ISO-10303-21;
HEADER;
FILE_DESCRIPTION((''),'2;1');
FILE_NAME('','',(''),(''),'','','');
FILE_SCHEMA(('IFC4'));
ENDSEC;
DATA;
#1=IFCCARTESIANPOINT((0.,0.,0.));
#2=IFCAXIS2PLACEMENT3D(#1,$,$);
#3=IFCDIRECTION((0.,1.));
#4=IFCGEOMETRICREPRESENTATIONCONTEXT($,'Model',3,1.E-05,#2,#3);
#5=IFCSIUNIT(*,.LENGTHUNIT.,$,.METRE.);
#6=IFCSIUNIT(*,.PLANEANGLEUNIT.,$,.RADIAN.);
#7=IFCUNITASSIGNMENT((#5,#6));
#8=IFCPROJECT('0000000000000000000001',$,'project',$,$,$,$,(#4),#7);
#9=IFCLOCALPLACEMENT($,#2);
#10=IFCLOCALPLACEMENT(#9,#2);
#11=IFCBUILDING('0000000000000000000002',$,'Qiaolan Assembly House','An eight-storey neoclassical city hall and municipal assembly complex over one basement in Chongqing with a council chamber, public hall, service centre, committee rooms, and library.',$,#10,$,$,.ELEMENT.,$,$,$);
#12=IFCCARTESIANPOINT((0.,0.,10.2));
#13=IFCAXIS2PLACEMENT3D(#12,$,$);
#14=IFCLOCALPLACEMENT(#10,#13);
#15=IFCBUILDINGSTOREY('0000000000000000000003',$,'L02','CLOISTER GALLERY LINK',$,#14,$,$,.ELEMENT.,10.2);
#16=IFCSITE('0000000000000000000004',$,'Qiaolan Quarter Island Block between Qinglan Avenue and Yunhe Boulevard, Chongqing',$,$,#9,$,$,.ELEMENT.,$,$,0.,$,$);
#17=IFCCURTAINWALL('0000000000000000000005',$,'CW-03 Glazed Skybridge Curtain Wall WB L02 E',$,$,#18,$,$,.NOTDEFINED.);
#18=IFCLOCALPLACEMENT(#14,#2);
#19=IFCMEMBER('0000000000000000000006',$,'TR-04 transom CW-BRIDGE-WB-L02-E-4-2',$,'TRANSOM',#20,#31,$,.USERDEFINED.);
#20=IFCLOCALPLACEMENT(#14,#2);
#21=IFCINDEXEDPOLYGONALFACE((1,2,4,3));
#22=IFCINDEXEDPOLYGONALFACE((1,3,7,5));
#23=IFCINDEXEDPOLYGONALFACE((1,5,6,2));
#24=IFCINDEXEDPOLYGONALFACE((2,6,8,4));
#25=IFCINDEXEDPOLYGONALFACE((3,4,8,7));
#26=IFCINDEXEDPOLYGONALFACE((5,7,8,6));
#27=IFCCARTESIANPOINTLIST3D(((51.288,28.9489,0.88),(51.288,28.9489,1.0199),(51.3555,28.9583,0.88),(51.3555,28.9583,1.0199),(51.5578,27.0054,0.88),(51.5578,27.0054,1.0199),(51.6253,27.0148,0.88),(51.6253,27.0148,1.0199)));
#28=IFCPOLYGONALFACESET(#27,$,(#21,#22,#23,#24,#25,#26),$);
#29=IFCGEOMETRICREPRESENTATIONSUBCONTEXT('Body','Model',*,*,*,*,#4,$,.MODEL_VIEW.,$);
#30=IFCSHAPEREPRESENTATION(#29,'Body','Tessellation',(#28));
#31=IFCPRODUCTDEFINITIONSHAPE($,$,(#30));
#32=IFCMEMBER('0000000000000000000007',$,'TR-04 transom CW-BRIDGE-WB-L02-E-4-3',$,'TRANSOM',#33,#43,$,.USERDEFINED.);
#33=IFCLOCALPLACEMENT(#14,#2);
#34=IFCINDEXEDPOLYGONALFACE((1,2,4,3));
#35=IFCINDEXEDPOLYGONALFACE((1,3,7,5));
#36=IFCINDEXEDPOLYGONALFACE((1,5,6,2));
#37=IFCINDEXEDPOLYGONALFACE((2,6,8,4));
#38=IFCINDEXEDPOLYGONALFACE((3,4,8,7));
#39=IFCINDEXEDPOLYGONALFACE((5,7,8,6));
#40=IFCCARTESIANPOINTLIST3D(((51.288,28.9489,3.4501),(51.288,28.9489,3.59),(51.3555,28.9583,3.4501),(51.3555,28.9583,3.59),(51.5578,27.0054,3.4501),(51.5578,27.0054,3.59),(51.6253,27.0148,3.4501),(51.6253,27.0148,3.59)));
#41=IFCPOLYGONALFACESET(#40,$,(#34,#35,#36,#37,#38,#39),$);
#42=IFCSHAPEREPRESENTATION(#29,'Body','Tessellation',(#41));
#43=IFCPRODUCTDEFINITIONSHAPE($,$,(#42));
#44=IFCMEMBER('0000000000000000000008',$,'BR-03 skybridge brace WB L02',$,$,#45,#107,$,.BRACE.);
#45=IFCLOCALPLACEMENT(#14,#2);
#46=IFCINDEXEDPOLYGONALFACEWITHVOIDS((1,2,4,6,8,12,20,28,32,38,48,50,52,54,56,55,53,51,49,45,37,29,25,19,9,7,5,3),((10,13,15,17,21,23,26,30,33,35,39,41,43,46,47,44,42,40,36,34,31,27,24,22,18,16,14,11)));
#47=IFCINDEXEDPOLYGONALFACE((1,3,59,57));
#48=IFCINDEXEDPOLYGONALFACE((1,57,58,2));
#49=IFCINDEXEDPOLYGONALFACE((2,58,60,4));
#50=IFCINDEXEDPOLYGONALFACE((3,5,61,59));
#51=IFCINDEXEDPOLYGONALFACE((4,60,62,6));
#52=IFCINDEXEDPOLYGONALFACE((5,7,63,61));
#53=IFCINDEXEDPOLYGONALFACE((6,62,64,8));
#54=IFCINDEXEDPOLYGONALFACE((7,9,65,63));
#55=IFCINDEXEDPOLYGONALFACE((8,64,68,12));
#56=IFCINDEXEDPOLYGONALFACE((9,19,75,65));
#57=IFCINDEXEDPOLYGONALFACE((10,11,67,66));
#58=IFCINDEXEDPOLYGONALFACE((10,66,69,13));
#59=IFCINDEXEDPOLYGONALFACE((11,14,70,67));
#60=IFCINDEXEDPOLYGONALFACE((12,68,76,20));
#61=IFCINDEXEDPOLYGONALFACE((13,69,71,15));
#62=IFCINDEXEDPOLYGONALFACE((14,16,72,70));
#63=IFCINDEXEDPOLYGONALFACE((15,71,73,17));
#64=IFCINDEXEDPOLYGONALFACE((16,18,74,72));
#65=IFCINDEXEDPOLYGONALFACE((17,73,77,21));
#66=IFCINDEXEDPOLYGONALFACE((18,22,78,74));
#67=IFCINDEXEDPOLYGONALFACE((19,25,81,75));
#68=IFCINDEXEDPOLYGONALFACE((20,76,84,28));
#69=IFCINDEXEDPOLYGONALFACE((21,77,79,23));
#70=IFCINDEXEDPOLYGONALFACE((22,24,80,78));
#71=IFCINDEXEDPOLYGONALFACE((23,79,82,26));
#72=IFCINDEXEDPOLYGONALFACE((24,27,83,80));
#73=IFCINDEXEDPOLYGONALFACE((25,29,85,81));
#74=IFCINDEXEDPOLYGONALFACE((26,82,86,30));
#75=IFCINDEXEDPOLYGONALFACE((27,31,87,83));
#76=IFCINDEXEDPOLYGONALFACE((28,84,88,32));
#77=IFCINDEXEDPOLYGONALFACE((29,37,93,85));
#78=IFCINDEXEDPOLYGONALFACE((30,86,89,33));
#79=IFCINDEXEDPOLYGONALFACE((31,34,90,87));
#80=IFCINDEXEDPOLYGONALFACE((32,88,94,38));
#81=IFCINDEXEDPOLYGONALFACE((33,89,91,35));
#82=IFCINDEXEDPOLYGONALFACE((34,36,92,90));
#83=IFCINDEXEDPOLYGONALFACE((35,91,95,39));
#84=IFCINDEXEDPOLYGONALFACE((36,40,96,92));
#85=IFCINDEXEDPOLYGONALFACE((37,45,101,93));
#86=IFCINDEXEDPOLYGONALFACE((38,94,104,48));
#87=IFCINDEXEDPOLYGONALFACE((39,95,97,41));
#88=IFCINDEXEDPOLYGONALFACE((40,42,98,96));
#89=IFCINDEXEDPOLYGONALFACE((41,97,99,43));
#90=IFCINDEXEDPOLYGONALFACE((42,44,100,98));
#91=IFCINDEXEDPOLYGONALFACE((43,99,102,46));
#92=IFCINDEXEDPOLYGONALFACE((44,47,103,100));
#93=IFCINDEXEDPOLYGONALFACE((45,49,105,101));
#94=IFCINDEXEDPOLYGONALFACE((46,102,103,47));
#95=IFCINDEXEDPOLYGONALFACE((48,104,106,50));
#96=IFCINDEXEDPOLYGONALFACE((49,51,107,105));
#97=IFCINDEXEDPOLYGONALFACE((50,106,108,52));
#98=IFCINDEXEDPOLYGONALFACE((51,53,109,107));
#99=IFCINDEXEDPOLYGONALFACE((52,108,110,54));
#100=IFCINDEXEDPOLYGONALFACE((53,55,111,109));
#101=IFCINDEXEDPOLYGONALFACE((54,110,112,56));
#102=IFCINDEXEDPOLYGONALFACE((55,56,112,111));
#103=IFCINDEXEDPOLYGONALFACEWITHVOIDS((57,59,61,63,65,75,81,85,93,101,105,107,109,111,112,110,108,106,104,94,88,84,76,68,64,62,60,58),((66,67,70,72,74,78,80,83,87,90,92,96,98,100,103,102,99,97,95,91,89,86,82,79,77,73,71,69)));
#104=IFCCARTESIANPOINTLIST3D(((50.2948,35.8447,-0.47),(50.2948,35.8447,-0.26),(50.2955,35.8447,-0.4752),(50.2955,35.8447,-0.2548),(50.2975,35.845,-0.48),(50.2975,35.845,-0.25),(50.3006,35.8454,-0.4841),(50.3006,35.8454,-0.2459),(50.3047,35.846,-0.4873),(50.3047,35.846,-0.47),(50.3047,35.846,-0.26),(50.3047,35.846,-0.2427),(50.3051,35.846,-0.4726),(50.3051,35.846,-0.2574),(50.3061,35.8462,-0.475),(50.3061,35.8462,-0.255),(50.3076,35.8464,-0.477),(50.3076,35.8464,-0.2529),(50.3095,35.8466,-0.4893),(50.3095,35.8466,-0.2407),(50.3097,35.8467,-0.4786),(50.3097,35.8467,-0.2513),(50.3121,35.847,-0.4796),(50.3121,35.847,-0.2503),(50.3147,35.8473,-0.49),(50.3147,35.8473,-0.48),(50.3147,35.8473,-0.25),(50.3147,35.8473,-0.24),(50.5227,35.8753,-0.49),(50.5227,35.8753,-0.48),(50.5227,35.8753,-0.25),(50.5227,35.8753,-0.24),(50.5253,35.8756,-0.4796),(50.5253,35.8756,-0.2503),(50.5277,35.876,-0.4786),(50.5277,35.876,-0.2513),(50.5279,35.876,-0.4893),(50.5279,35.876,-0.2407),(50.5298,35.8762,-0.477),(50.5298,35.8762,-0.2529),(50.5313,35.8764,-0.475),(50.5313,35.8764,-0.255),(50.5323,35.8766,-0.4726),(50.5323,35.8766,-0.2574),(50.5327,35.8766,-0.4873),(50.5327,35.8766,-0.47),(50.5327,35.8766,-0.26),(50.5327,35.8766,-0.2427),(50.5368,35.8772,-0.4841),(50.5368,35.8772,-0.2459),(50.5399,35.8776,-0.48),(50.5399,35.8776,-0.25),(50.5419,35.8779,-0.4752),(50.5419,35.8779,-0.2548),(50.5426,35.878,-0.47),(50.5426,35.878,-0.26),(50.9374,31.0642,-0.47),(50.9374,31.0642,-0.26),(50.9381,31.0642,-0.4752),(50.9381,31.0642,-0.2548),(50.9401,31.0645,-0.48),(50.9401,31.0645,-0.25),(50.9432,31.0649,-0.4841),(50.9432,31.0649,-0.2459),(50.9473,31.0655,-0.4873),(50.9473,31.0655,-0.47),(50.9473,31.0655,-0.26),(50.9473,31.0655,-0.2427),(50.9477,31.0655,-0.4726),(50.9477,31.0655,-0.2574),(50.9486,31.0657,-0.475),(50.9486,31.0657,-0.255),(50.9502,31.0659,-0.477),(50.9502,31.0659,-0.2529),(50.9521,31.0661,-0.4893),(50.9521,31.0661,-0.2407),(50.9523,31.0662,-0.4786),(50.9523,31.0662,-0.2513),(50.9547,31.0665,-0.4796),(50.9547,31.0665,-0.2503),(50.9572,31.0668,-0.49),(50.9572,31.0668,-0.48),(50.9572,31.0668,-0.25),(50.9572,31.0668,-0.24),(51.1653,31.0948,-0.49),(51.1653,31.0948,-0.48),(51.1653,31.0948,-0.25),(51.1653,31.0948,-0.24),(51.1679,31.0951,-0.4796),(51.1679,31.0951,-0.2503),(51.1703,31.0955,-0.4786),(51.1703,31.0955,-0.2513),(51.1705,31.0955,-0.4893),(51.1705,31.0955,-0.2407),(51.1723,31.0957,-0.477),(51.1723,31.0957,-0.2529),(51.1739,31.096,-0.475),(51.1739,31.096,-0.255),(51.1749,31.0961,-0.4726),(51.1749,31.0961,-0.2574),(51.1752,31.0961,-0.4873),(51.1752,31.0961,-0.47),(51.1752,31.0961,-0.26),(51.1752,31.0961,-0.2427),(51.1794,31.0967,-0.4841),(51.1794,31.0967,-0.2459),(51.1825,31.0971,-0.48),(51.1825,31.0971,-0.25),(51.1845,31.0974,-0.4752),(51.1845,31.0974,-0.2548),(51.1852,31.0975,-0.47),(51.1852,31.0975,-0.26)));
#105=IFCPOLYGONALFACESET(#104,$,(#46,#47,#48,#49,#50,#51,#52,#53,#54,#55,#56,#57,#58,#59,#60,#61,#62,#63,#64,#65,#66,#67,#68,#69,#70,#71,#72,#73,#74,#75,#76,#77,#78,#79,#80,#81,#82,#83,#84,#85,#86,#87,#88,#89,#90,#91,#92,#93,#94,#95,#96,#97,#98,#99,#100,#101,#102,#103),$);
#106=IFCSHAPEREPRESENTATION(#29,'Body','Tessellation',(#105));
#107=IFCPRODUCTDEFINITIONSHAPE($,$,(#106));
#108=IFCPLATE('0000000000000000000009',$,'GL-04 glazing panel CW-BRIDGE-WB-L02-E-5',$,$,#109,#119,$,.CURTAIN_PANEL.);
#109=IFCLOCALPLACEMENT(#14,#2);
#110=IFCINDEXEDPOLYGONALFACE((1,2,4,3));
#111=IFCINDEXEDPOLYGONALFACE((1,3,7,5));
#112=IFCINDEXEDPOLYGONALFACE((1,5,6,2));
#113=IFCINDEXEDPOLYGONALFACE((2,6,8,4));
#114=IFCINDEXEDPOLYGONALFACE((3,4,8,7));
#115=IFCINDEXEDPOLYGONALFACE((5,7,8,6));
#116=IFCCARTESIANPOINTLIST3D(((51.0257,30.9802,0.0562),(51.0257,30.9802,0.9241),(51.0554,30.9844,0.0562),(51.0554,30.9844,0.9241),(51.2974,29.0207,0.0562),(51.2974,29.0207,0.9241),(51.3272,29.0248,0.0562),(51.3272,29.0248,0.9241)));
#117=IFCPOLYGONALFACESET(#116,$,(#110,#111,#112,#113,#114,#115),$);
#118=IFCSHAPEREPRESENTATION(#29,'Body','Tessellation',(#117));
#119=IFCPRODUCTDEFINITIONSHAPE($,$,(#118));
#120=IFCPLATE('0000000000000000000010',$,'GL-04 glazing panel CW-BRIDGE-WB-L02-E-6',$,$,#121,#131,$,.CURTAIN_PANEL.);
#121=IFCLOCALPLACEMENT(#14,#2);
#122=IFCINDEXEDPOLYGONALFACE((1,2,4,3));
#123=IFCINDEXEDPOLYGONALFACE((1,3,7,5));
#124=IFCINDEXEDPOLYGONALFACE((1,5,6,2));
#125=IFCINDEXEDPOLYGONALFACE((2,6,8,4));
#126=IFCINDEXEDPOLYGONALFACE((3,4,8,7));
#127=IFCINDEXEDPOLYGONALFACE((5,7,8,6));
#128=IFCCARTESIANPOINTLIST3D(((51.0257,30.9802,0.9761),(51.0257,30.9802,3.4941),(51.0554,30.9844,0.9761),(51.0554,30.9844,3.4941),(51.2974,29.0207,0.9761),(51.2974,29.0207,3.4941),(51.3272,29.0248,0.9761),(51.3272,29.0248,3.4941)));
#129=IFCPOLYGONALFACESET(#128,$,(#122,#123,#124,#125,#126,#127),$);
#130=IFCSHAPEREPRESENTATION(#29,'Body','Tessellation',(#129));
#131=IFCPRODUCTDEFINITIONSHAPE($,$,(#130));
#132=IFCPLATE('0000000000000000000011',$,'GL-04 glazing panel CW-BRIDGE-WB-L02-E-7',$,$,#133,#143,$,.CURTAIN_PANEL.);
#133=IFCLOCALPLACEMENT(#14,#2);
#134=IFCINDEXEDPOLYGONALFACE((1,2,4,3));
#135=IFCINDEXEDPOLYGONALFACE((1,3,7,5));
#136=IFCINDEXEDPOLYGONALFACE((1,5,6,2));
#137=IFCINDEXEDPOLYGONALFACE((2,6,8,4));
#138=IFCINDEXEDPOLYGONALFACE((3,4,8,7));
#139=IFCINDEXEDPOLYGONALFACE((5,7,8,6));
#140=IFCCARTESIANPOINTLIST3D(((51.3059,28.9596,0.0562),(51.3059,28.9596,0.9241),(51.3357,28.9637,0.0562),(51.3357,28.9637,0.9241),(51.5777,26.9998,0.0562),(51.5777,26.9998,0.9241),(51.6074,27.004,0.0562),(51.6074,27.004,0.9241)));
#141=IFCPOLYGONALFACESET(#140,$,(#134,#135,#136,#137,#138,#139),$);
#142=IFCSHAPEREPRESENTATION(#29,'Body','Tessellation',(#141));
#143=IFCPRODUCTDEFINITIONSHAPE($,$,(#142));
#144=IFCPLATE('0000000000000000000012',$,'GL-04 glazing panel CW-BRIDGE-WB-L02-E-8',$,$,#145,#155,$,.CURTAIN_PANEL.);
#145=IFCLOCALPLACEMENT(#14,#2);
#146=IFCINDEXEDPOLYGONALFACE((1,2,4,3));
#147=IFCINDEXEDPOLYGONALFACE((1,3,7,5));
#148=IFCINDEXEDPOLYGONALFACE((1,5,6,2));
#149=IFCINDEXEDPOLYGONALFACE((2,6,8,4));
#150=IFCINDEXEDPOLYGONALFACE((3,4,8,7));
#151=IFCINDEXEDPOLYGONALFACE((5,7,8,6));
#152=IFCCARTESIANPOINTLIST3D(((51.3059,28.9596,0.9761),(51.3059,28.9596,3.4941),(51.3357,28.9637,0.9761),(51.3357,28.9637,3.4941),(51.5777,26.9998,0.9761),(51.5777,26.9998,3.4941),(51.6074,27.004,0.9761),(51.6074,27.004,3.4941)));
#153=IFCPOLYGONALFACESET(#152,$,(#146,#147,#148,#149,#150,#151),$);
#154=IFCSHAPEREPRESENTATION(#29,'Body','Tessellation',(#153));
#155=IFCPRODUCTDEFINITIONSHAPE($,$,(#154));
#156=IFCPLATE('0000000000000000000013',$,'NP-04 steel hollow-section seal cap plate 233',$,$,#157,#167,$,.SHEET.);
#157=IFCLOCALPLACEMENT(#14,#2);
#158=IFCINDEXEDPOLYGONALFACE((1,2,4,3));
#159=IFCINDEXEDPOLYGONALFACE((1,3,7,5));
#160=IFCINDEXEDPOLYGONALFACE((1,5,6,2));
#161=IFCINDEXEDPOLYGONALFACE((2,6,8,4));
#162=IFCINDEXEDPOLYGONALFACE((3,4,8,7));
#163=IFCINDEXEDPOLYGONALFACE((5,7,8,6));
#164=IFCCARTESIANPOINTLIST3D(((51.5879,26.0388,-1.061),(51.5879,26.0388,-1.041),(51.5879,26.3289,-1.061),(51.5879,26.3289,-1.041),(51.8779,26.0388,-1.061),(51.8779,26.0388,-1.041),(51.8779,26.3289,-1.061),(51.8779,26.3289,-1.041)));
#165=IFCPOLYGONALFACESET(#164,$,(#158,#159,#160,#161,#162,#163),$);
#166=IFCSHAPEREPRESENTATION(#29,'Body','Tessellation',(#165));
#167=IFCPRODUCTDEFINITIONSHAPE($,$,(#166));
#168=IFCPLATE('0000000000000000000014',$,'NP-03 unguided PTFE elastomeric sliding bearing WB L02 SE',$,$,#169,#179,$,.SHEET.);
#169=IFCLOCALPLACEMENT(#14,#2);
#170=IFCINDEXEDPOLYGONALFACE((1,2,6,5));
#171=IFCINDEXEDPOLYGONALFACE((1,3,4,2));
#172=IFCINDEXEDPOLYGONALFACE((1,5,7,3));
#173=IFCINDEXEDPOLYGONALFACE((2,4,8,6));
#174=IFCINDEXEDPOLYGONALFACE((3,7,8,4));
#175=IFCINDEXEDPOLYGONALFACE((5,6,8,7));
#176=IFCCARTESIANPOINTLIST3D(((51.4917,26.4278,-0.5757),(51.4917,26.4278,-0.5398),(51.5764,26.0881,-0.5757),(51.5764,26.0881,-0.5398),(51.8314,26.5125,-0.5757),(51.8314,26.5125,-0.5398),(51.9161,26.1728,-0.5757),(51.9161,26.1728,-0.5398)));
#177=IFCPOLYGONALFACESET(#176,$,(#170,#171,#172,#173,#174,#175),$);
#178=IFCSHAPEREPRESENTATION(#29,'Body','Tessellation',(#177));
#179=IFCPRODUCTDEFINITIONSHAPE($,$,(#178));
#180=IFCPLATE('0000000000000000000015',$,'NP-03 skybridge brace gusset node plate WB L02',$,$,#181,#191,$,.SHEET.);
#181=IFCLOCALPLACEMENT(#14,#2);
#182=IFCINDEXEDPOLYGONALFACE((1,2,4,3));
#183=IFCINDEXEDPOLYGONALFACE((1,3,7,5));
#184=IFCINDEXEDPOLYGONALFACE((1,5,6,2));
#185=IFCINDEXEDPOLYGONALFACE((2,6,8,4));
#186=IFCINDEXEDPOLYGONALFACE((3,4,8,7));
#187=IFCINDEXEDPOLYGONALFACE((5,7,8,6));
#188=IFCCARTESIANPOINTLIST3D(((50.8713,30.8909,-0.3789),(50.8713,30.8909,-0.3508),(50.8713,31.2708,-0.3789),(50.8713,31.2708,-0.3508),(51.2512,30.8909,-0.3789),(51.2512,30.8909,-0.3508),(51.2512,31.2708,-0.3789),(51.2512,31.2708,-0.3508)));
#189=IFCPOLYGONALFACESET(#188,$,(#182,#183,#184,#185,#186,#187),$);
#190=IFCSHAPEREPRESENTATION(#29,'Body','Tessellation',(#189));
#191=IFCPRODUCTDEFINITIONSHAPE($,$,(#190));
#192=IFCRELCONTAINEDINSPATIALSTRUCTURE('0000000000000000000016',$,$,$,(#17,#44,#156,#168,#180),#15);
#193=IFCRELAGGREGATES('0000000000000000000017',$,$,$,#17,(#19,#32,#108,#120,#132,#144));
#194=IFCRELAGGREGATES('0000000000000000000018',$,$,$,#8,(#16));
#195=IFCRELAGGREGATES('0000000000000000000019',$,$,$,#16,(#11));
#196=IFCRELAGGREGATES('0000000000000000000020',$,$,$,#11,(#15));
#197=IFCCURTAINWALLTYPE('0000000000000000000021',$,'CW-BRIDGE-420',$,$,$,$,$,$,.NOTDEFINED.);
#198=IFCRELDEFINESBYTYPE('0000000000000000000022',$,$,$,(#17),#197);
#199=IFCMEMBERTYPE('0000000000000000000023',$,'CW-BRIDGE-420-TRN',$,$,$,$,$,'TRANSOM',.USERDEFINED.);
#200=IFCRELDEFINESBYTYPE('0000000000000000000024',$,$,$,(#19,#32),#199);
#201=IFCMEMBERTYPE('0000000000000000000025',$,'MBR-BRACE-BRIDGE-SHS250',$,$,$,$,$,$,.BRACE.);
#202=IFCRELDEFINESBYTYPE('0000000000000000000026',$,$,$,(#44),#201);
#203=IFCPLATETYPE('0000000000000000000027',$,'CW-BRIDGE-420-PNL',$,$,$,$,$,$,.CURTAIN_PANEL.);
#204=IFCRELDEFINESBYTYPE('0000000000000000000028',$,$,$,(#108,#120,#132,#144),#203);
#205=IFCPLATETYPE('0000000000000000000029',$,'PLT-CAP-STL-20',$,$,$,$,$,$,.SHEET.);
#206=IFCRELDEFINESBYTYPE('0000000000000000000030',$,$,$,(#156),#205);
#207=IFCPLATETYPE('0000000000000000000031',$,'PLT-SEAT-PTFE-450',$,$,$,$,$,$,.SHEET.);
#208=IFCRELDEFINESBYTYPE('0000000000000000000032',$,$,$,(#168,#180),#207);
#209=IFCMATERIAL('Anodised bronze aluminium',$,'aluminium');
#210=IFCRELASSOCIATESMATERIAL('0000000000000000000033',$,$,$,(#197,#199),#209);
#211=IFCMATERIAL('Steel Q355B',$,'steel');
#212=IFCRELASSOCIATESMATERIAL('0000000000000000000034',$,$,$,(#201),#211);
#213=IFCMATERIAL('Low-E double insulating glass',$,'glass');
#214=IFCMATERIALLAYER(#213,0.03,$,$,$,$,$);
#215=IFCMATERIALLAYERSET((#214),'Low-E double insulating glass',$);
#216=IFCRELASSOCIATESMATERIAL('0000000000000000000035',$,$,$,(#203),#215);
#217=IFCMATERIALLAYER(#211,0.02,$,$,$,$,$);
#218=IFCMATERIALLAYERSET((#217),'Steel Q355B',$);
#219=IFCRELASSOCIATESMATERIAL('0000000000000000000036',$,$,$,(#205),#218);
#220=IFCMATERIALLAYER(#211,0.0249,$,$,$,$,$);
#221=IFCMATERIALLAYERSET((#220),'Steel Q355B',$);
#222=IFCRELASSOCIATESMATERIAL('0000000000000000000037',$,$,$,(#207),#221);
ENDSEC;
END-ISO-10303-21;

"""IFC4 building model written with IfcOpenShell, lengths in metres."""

from ifc_helpers import new_model, si_unit, direction, frame, frame_2d, origin, origin_2d, place, context, subcontext, project, spatial, rectangle, hollow_rectangle, extrude, material, layer, layer_set, material_profile, profile_set, type_object, element, aggregate, save


model = new_model("IFC4")

# Units and contexts
model_context = context("Model", 3, precision=1e-05, world=origin(), true_north=direction((0.0, 1.0)))
body_context = subcontext(model_context, "Body", "Model", "MODEL_VIEW")
ifc_project = project(units=[si_unit("LENGTHUNIT", "METRE"), si_unit("PLANEANGLEUNIT", "RADIAN")], contexts=[model_context])

# Site, building, storey
site_placement = place(None, origin())
site = spatial("IfcSite", under=ifc_project, at=site_placement, Name="Qiaolan Quarter Island Block between Qinglan Avenue and Yunhe Boulevard, Chongqing", CompositionType="ELEMENT", RefElevation=0.0)
building_placement = place(site_placement, origin())
building = spatial("IfcBuilding", under=site, at=building_placement, Name="Qiaolan Assembly House", Description="An eight-storey neoclassical city hall and municipal assembly complex over one basement in Chongqing with a council chamber, public hall, service centre, committee rooms, and library.", CompositionType="ELEMENT")
storey_placement = place(building_placement, frame((0.0, 0.0, 10.2)))
storey = spatial("IfcBuildingStorey", under=building, at=storey_placement, Name="L02", Description="CLOISTER GALLERY LINK", CompositionType="ELEMENT", Elevation=10.2)

# Shared definitions
ifc_material_1 = material(Name="Steel Q355B", Category="steel")

# Curtain wall, members
ifc_material_2 = material(Name="Anodised bronze aluminium", Category="aluminium")
curtain_wall_type = type_object("IfcCurtainWallType", Name="CW-BRIDGE-420", PredefinedType="NOTDEFINED", material=ifc_material_2)
curtain_wall_placement = place(storey_placement, origin())
curtain_wall = element("IfcCurtainWall", 1, at=curtain_wall_placement, inside=storey, type_object=curtain_wall_type, Name="CW-03 Glazed Skybridge Curtain Wall WB L02 E", PredefinedType="NOTDEFINED")
ifc_material_profile_1 = material_profile(ifc_material_2, rectangle(XDim=0.0681, YDim=0.1399, at=origin_2d()), Name="TRN 68x140")
ifc_profile_set_1 = profile_set([ifc_material_profile_1], Name="Anodised bronze aluminium")
member_type_1 = type_object("IfcMemberType", Name="CW-BRIDGE-420-TRN", ElementType="TRANSOM", PredefinedType="USERDEFINED", material=ifc_profile_set_1)
member_1_placement = place(storey_placement, frame((51.3218, 28.9536, 0.95), z_axis=(0.137484, -0.990504, 0.0), x_axis=(0.990504, 0.137484, 0.0)))
member_1 = element("IfcMember", 2, at=member_1_placement, type_object=member_type_1, Name="TR-04 transom CW-BRIDGE-WB-L02-E-4-2", ObjectType="TRANSOM", PredefinedType="USERDEFINED", context=body_context, shape_type="SweptSolid", body=[
    extrude(rectangle(XDim=0.0681, YDim=0.1399, at=origin_2d()), origin(), (0.0, 0.0, 1.0), 1.9622),
])
member_2_placement = place(storey_placement, frame((51.3218, 28.9536, 3.52), z_axis=(0.137484, -0.990504, 0.0), x_axis=(0.990504, 0.137484, 0.0)))
member_2 = element("IfcMember", 3, at=member_2_placement, type_object=member_type_1, Name="TR-04 transom CW-BRIDGE-WB-L02-E-4-3", ObjectType="TRANSOM", PredefinedType="USERDEFINED", context=body_context, shape_type="SweptSolid", body=[
    extrude(rectangle(XDim=0.0681, YDim=0.1399, at=origin_2d()), origin(), (0.0, 0.0, 1.0), 1.9622),
])

# Member
ifc_material_profile_2 = material_profile(ifc_material_1, hollow_rectangle(XDim=0.25, YDim=0.25, WallThickness=0.01, InnerFilletRadius=0.01, OuterFilletRadius=0.02, at=origin_2d()), Name="SHS 250x250x10")
ifc_profile_set_2 = profile_set([ifc_material_profile_2], Name="Steel Q355B")
member_type_2 = type_object("IfcMemberType", Name="MBR-BRACE-BRIDGE-SHS250", PredefinedType="BRACE", material=ifc_profile_set_2)
member_3_placement = place(storey_placement, frame((51.0613, 31.0808, -0.365), z_axis=(-0.133218, 0.991087, 0.0), x_axis=(-0.991087, -0.133218, 0.0)))
element("IfcMember", 4, at=member_3_placement, inside=storey, type_object=member_type_2, Name="BR-03 skybridge brace WB L02", PredefinedType="BRACE", context=body_context, shape_type="SweptSolid", body=[
    extrude(hollow_rectangle(XDim=0.25, YDim=0.25, WallThickness=0.01, InnerFilletRadius=0.01, OuterFilletRadius=0.02, at=origin_2d()), origin(), (0.0, 0.0, 1.0), 4.8235),
])

# Plates
ifc_material_3 = material(Name="Low-E double insulating glass", Category="glass")
ifc_layer_1 = layer(ifc_material_3, 0.03)
ifc_layer_set_1 = layer_set([ifc_layer_1], Name="Low-E double insulating glass")
plate_type_1 = type_object("IfcPlateType", Name="CW-BRIDGE-420-PNL", PredefinedType="CURTAIN_PANEL", material=ifc_layer_set_1)
plate_1_placement = place(storey_placement, frame((51.0405, 30.9824, 0.0562), z_axis=(0.0, 0.0, 1.0), x_axis=(0.13736, -0.990521, 0.0)))
plate_1 = element("IfcPlate", 5, at=plate_1_placement, type_object=plate_type_1, Name="GL-04 glazing panel CW-BRIDGE-WB-L02-E-5", PredefinedType="CURTAIN_PANEL", context=body_context, shape_type="SweptSolid", body=[
    extrude(rectangle(XDim=1.9783, YDim=0.03, at=frame_2d((0.9893, 0.0))), origin(), (0.0, 0.0, 1.0), 0.8679),
])
plate_2_placement = place(storey_placement, frame((51.0405, 30.9824, 0.9761), z_axis=(0.0, 0.0, 1.0), x_axis=(0.13736, -0.990521, 0.0)))
plate_2 = element("IfcPlate", 6, at=plate_2_placement, type_object=plate_type_1, Name="GL-04 glazing panel CW-BRIDGE-WB-L02-E-6", PredefinedType="CURTAIN_PANEL", context=body_context, shape_type="SweptSolid", body=[
    extrude(rectangle(XDim=1.9783, YDim=0.03, at=frame_2d((0.9893, 0.0))), origin(), (0.0, 0.0, 1.0), 2.5181),
])
plate_3_placement = place(storey_placement, frame((51.3208, 28.9617, 0.0562), z_axis=(0.0, 0.0, 1.0), x_axis=(0.137343, -0.990524, 0.0)))
plate_3 = element("IfcPlate", 7, at=plate_3_placement, type_object=plate_type_1, Name="GL-04 glazing panel CW-BRIDGE-WB-L02-E-7", PredefinedType="CURTAIN_PANEL", context=body_context, shape_type="SweptSolid", body=[
    extrude(rectangle(XDim=1.9785, YDim=0.03, at=frame_2d((0.9893, 0.0))), origin(), (0.0, 0.0, 1.0), 0.8679),
])
plate_4_placement = place(storey_placement, frame((51.3208, 28.9617, 0.9761), z_axis=(0.0, 0.0, 1.0), x_axis=(0.137343, -0.990524, 0.0)))
plate_4 = element("IfcPlate", 8, at=plate_4_placement, type_object=plate_type_1, Name="GL-04 glazing panel CW-BRIDGE-WB-L02-E-8", PredefinedType="CURTAIN_PANEL", context=body_context, shape_type="SweptSolid", body=[
    extrude(rectangle(XDim=1.9785, YDim=0.03, at=frame_2d((0.9893, 0.0))), origin(), (0.0, 0.0, 1.0), 2.5181),
])
aggregate(curtain_wall, [member_1, member_2, plate_1, plate_2, plate_3, plate_4])

# Plates
ifc_layer_2 = layer(ifc_material_1, 0.02)
ifc_layer_set_2 = layer_set([ifc_layer_2], Name="Steel Q355B")
plate_type_2 = type_object("IfcPlateType", Name="PLT-CAP-STL-20", PredefinedType="SHEET", material=ifc_layer_set_2)
plate_5_placement = place(storey_placement, frame((51.7329, 26.1838, -1.061), z_axis=(0.0, 0.0, 1.0), x_axis=(1.0, 0.0, 0.0)))
element("IfcPlate", 9, at=plate_5_placement, inside=storey, type_object=plate_type_2, Name="NP-04 steel hollow-section seal cap plate 233", PredefinedType="SHEET", context=body_context, shape_type="SweptSolid", body=[
    extrude(rectangle(XDim=0.29, YDim=0.29, at=origin_2d()), origin(), (0.0, 0.0, 1.0), 0.02),
])
ifc_layer_3 = layer(ifc_material_1, 0.0249)
ifc_layer_set_3 = layer_set([ifc_layer_3], Name="Steel Q355B")
plate_type_3 = type_object("IfcPlateType", Name="PLT-SEAT-PTFE-450", PredefinedType="SHEET", material=ifc_layer_set_3)
plate_6_placement = place(storey_placement, frame((51.7039, 26.3003, -0.5757), z_axis=(0.0, 0.0, 1.0), x_axis=(0.970296, 0.241922, 0.0)))
element("IfcPlate", 10, at=plate_6_placement, inside=storey, type_object=plate_type_3, Name="NP-03 unguided PTFE elastomeric sliding bearing WB L02 SE", PredefinedType="SHEET", context=body_context, shape_type="SweptSolid", body=[
    extrude(rectangle(XDim=0.3501, YDim=0.3501, at=origin_2d()), origin(), (0.0, 0.0, 1.0), 0.0359),
])
plate_7_placement = place(storey_placement, frame((51.0613, 31.0808, -0.3789), z_axis=(0.0, 0.0, 1.0), x_axis=(1.0, 0.0, 0.0)))
element("IfcPlate", 11, at=plate_7_placement, inside=storey, type_object=plate_type_3, Name="NP-03 skybridge brace gusset node plate WB L02", PredefinedType="SHEET", context=body_context, shape_type="SweptSolid", body=[
    extrude(rectangle(XDim=0.3799, YDim=0.3799, at=origin_2d()), origin(), (0.0, 0.0, 1.0), 0.0281),
])

save(model, "model.ifc")
